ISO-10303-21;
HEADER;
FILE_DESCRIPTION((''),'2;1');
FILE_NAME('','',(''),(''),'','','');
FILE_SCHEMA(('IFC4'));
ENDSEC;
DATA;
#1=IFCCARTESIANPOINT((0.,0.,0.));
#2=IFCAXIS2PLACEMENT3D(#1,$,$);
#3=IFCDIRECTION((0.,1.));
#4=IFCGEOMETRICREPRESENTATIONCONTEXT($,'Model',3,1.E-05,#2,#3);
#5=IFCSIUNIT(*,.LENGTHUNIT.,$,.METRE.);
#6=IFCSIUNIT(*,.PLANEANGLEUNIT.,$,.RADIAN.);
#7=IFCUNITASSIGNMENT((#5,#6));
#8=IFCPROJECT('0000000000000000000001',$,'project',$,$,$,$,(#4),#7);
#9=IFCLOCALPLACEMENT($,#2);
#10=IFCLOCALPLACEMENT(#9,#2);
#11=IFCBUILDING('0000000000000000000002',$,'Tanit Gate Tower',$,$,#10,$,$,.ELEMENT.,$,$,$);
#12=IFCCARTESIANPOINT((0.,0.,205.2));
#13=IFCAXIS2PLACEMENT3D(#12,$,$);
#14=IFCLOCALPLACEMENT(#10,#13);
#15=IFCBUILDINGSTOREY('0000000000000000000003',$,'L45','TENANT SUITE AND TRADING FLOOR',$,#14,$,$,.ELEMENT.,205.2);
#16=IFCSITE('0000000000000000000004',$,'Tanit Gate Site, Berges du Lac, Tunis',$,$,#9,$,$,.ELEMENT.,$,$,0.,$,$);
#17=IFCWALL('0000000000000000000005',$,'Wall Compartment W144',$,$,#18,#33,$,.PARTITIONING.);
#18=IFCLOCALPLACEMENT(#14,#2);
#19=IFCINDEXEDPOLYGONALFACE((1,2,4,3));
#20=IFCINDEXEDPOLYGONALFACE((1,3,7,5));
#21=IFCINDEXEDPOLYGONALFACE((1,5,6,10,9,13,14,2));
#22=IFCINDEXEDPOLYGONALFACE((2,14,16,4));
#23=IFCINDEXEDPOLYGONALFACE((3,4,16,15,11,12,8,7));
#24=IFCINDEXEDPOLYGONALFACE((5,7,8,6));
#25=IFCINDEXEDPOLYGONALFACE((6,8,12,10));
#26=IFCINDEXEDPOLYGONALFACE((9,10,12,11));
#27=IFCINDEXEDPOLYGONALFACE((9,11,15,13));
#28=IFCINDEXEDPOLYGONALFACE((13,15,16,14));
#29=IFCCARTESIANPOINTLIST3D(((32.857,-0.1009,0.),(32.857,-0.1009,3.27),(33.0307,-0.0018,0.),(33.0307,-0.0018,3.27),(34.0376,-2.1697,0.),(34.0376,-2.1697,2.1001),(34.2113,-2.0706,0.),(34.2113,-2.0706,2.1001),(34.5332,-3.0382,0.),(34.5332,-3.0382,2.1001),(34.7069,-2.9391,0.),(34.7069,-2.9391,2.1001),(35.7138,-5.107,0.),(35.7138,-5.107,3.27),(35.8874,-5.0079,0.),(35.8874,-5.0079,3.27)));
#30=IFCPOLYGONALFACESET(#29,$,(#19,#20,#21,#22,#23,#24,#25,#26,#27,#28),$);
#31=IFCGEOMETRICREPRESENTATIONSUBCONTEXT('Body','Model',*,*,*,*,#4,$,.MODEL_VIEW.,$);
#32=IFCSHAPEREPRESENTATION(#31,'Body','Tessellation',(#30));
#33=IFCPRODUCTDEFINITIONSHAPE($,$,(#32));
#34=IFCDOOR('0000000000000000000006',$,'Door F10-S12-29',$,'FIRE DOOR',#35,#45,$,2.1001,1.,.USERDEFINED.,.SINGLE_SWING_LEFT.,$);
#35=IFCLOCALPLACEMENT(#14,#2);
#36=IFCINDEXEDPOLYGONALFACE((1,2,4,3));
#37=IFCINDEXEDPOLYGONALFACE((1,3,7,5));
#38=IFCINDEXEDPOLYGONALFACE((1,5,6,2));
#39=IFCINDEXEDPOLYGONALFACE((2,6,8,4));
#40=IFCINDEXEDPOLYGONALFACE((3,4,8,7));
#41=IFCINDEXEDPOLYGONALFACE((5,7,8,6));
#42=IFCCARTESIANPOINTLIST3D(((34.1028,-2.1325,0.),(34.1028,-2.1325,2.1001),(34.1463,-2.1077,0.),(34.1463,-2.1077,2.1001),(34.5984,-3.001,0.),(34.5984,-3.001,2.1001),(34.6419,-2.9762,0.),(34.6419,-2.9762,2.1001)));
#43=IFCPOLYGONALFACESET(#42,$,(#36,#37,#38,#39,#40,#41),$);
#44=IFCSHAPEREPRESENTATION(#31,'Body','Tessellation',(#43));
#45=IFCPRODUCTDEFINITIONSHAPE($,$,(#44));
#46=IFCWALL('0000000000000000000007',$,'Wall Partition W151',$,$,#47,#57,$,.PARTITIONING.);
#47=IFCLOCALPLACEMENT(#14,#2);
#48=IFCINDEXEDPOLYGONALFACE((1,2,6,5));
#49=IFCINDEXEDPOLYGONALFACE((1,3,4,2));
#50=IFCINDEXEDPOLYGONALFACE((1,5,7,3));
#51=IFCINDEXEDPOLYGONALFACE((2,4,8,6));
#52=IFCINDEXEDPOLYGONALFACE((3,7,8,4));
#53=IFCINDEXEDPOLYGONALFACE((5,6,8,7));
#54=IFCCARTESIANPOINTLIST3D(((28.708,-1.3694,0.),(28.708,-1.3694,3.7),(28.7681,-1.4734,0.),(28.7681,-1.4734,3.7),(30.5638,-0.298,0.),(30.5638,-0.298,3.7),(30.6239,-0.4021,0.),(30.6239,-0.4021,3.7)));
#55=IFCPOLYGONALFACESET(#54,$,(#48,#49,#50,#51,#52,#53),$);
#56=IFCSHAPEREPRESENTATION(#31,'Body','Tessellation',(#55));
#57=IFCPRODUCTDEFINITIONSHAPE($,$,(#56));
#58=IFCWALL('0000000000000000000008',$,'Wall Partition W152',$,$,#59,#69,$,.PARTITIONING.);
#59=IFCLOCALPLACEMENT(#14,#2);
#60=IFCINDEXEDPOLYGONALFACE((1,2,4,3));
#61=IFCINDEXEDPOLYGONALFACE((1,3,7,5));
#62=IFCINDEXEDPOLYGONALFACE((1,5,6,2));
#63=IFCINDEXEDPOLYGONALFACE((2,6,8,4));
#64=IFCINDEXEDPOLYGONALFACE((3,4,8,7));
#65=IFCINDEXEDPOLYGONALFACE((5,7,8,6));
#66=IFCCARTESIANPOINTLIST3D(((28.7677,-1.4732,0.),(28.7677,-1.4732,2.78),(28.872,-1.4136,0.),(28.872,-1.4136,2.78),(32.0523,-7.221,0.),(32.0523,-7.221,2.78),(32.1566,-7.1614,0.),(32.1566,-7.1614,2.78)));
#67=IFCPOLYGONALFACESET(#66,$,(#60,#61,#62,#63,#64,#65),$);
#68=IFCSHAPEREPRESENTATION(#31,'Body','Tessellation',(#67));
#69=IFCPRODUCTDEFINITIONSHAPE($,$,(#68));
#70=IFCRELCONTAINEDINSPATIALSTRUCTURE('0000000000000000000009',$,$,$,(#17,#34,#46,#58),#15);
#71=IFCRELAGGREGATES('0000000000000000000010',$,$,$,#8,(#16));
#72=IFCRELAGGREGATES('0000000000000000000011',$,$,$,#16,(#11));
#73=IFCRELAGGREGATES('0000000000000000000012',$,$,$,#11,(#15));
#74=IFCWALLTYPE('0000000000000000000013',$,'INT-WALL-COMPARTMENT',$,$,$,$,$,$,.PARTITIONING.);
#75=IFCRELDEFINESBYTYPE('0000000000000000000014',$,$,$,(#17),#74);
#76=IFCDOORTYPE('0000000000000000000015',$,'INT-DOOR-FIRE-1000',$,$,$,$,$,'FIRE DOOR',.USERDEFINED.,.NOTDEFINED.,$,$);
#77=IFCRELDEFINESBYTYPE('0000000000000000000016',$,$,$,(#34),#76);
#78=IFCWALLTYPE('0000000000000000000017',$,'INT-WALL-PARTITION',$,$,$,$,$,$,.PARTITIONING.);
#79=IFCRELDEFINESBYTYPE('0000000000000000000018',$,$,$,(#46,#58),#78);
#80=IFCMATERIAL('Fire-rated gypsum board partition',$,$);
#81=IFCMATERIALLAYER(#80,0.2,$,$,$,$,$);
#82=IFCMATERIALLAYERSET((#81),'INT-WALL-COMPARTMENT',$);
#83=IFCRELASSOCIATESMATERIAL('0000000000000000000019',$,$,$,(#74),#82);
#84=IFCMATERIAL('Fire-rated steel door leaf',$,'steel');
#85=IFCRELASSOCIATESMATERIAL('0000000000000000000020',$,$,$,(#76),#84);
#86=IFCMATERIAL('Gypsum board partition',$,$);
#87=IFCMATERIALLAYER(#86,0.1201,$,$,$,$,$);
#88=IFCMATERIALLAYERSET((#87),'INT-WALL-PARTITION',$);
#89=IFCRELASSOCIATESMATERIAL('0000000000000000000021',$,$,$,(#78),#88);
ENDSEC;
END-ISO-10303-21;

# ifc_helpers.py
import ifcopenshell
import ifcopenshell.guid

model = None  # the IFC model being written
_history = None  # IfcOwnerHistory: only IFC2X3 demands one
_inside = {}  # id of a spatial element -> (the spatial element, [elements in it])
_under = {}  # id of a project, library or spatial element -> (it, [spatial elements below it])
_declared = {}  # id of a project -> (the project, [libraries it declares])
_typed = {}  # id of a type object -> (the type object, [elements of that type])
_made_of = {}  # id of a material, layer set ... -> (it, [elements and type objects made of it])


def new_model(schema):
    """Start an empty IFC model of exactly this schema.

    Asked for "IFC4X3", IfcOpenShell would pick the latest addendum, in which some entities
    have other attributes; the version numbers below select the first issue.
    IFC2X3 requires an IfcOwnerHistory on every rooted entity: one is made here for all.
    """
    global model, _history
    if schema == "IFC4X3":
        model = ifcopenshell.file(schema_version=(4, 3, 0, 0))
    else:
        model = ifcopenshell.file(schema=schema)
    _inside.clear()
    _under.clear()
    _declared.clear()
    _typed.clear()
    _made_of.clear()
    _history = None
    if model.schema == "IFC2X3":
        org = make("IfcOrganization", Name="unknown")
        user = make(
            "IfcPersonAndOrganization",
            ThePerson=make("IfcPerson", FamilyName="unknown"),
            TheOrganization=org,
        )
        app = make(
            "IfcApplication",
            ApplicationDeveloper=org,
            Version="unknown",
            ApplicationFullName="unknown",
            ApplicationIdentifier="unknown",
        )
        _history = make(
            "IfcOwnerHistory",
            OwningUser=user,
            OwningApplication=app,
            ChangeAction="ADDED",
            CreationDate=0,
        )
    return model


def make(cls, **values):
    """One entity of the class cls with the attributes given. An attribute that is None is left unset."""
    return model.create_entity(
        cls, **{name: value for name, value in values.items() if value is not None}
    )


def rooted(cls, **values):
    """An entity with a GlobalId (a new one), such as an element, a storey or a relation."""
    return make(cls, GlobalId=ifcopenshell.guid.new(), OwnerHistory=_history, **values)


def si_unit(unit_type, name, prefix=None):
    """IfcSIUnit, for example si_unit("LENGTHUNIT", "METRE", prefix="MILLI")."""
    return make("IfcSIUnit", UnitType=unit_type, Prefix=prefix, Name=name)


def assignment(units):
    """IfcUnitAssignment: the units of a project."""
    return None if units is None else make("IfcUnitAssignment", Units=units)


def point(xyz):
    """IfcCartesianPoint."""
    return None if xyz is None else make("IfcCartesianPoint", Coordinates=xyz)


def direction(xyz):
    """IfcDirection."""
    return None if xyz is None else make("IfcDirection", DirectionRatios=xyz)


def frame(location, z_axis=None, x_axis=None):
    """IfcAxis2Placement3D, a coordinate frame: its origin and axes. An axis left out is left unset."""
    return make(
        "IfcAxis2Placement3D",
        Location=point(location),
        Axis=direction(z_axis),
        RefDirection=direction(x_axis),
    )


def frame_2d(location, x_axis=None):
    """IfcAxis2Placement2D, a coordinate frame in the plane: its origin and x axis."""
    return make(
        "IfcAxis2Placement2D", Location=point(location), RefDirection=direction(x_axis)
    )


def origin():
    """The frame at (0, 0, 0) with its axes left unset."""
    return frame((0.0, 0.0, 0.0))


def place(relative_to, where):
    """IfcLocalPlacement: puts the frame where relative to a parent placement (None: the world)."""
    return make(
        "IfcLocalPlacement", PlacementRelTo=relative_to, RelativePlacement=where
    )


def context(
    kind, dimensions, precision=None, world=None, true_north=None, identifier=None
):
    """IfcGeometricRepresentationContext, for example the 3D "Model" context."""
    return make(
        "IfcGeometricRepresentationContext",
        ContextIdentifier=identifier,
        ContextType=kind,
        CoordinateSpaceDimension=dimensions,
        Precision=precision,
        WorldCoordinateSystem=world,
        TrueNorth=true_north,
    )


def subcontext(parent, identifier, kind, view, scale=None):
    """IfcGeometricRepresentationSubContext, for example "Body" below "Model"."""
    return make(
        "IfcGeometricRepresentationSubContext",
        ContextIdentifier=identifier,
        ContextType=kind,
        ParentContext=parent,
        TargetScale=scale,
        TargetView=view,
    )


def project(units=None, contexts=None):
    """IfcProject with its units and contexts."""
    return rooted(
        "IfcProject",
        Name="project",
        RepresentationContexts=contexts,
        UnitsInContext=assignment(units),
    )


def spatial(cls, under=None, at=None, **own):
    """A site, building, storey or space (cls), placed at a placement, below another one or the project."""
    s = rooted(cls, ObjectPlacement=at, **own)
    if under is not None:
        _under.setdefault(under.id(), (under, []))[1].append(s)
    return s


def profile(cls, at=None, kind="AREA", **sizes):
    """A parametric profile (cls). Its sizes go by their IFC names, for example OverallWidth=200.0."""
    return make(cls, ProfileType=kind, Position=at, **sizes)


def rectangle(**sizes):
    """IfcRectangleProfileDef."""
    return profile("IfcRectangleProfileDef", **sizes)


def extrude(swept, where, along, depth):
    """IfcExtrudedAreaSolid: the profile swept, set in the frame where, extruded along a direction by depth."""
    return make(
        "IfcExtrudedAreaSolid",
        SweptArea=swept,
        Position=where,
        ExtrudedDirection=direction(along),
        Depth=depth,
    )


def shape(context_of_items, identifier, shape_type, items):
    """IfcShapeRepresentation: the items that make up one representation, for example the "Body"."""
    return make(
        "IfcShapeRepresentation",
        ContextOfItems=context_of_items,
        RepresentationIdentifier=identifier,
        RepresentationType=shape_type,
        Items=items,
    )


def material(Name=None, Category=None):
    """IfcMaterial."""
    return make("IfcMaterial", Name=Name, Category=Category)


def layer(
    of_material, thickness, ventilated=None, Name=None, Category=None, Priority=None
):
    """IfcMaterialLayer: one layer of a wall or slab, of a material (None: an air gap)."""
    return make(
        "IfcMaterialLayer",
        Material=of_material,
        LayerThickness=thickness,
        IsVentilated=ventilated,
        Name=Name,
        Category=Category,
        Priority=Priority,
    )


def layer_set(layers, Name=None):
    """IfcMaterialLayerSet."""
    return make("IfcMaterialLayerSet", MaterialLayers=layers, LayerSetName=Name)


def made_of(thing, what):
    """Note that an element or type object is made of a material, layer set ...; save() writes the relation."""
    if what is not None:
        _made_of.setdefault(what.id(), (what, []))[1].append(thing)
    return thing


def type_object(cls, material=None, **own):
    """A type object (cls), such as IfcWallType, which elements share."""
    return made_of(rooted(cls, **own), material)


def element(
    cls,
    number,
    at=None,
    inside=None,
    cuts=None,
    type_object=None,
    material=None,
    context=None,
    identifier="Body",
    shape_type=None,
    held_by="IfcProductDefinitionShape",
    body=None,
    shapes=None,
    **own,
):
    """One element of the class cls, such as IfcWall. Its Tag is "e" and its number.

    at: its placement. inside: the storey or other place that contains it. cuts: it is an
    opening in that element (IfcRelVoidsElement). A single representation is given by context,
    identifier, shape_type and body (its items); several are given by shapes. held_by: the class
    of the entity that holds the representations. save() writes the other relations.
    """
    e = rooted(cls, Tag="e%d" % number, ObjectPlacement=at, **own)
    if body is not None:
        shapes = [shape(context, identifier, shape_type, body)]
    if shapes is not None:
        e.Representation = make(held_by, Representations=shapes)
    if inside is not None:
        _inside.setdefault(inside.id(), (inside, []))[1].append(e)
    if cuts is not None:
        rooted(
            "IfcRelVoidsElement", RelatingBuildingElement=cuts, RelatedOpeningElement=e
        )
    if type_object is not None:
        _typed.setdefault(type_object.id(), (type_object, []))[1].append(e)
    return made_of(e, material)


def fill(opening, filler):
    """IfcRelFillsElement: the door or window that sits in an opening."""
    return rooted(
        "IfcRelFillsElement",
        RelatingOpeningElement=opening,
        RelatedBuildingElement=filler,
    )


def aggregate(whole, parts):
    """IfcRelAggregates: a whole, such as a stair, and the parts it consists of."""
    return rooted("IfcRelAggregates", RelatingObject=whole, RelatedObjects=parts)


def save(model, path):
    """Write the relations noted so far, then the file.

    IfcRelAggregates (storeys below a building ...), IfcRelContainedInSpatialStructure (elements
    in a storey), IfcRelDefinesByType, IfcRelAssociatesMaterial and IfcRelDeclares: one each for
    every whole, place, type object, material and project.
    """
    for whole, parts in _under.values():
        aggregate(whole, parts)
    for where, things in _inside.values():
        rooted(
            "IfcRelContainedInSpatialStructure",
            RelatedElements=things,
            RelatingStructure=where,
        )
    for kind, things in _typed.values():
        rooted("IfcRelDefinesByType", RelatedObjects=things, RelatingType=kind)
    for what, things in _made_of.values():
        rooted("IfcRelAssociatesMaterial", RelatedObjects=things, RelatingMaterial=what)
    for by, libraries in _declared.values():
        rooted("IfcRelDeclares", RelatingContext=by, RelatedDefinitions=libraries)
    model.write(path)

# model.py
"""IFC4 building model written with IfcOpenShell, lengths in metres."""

from ifc_helpers import new_model, si_unit, direction, frame, frame_2d, origin, place, context, subcontext, project, spatial, rectangle, extrude, material, layer, layer_set, type_object, element, fill, save


model = new_model("IFC4")

# Units and contexts
model_context = context("Model", 3, precision=1e-05, world=origin(), true_north=direction((0.0, 1.0)))
body_context = subcontext(model_context, "Body", "Model", "MODEL_VIEW")
ifc_project = project(units=[si_unit("LENGTHUNIT", "METRE"), si_unit("PLANEANGLEUNIT", "RADIAN")], contexts=[model_context])

# Site, building, storey
site_placement = place(None, origin())
site = spatial("IfcSite", under=ifc_project, at=site_placement, Name="Tanit Gate Site, Berges du Lac, Tunis", CompositionType="ELEMENT", RefElevation=0.0)
building_placement = place(site_placement, origin())
building = spatial("IfcBuilding", under=site, at=building_placement, Name="Tanit Gate Tower", CompositionType="ELEMENT")
storey_placement = place(building_placement, frame((0.0, 0.0, 205.2)))
storey = spatial("IfcBuildingStorey", under=building, at=storey_placement, Name="L45", Description="TENANT SUITE AND TRADING FLOOR", CompositionType="ELEMENT", Elevation=205.2)

# Shared definitions
ifc_material_1 = material(Name="Fire-rated gypsum board partition")
ifc_layer_1 = layer(ifc_material_1, 0.2)
ifc_layer_set_1 = layer_set([ifc_layer_1], Name="INT-WALL-COMPARTMENT")
wall_type_1 = type_object("IfcWallType", Name="INT-WALL-COMPARTMENT", PredefinedType="PARTITIONING", material=ifc_layer_set_1)

# Wall, opening, door
wall_1_placement = place(storey_placement, frame((35.8005, -5.0574, 0.0), z_axis=(0.0, 0.0, 1.0), x_axis=(-0.495623, 0.868538, 0.0)))
wall_1 = element("IfcWall", 1, at=wall_1_placement, inside=storey, type_object=wall_type_1, Name="Wall Compartment W144", PredefinedType="PARTITIONING", context=body_context, shape_type="SweptSolid", body=[
    extrude(rectangle(XDim=5.7639, YDim=0.2, at=frame_2d((2.8818, 0.0))), origin(), (0.0, 0.0, 1.0), 3.27),
])
opening_placement = place(wall_1_placement, frame((2.3818, 0.0, 0.0)))
opening = element("IfcOpeningElement", 2, at=opening_placement, cuts=wall_1, PredefinedType="OPENING", context=body_context, shape_type="SweptSolid", body=[
    extrude(rectangle(XDim=1.0, YDim=2.1001, at=frame_2d((0.5, 1.05))), frame((0.0, 0.1099, 0.0), z_axis=(0.0, -1.0, 0.0), x_axis=(1.0, 0.0, 0.0)), (0.0, 0.0, 1.0), 0.22),
])
ifc_material_2 = material(Name="Fire-rated steel door leaf", Category="steel")
door_type = type_object("IfcDoorType", Name="INT-DOOR-FIRE-1000", ElementType="FIRE DOOR", OperationType="NOTDEFINED", PredefinedType="USERDEFINED", material=ifc_material_2)
door_placement = place(opening_placement, origin())
door = element("IfcDoor", 3, at=door_placement, inside=storey, type_object=door_type, Name="Door F10-S12-29", ObjectType="FIRE DOOR", OperationType="SINGLE_SWING_LEFT", OverallHeight=2.1001, OverallWidth=1.0, PredefinedType="USERDEFINED", context=body_context, shape_type="SweptSolid", body=[
    extrude(rectangle(XDim=1.0, YDim=2.1001, at=frame_2d((0.5, 1.05))), frame((0.0, 0.0249, 0.0), z_axis=(0.0, -1.0, 0.0), x_axis=(1.0, 0.0, 0.0)), (0.0, 0.0, 1.0), 0.05),
])
fill(opening, door)

# Walls
ifc_material_3 = material(Name="Gypsum board partition")
ifc_layer_2 = layer(ifc_material_3, 0.1201)
ifc_layer_set_2 = layer_set([ifc_layer_2], Name="INT-WALL-PARTITION")
wall_type_2 = type_object("IfcWallType", Name="INT-WALL-PARTITION", PredefinedType="PARTITIONING", material=ifc_layer_set_2)
wall_2_placement = place(storey_placement, frame((30.5938, -0.3501, 0.0), z_axis=(0.0, 0.0, 1.0), x_axis=(-0.866047, -0.499962, 0.0)))
element("IfcWall", 4, at=wall_2_placement, inside=storey, type_object=wall_type_2, Name="Wall Partition W151", PredefinedType="PARTITIONING", context=body_context, shape_type="SweptSolid", body=[
    extrude(rectangle(XDim=2.1428, YDim=0.1201, at=frame_2d((1.0713, 0.0))), origin(), (0.0, 0.0, 1.0), 3.7),
])
wall_3_placement = place(storey_placement, frame((32.1045, -7.1912, 0.0), z_axis=(0.0, 0.0, 1.0), x_axis=(-0.496163, 0.86823, 0.0)))
element("IfcWall", 5, at=wall_3_placement, inside=storey, type_object=wall_type_2, Name="Wall Partition W152", PredefinedType="PARTITIONING", context=body_context, shape_type="SweptSolid", body=[
    extrude(rectangle(XDim=6.6201, YDim=0.1201, at=frame_2d((3.3101, 0.0))), origin(), (0.0, 0.0, 1.0), 2.78),
])

save(model, "model.ifc")
